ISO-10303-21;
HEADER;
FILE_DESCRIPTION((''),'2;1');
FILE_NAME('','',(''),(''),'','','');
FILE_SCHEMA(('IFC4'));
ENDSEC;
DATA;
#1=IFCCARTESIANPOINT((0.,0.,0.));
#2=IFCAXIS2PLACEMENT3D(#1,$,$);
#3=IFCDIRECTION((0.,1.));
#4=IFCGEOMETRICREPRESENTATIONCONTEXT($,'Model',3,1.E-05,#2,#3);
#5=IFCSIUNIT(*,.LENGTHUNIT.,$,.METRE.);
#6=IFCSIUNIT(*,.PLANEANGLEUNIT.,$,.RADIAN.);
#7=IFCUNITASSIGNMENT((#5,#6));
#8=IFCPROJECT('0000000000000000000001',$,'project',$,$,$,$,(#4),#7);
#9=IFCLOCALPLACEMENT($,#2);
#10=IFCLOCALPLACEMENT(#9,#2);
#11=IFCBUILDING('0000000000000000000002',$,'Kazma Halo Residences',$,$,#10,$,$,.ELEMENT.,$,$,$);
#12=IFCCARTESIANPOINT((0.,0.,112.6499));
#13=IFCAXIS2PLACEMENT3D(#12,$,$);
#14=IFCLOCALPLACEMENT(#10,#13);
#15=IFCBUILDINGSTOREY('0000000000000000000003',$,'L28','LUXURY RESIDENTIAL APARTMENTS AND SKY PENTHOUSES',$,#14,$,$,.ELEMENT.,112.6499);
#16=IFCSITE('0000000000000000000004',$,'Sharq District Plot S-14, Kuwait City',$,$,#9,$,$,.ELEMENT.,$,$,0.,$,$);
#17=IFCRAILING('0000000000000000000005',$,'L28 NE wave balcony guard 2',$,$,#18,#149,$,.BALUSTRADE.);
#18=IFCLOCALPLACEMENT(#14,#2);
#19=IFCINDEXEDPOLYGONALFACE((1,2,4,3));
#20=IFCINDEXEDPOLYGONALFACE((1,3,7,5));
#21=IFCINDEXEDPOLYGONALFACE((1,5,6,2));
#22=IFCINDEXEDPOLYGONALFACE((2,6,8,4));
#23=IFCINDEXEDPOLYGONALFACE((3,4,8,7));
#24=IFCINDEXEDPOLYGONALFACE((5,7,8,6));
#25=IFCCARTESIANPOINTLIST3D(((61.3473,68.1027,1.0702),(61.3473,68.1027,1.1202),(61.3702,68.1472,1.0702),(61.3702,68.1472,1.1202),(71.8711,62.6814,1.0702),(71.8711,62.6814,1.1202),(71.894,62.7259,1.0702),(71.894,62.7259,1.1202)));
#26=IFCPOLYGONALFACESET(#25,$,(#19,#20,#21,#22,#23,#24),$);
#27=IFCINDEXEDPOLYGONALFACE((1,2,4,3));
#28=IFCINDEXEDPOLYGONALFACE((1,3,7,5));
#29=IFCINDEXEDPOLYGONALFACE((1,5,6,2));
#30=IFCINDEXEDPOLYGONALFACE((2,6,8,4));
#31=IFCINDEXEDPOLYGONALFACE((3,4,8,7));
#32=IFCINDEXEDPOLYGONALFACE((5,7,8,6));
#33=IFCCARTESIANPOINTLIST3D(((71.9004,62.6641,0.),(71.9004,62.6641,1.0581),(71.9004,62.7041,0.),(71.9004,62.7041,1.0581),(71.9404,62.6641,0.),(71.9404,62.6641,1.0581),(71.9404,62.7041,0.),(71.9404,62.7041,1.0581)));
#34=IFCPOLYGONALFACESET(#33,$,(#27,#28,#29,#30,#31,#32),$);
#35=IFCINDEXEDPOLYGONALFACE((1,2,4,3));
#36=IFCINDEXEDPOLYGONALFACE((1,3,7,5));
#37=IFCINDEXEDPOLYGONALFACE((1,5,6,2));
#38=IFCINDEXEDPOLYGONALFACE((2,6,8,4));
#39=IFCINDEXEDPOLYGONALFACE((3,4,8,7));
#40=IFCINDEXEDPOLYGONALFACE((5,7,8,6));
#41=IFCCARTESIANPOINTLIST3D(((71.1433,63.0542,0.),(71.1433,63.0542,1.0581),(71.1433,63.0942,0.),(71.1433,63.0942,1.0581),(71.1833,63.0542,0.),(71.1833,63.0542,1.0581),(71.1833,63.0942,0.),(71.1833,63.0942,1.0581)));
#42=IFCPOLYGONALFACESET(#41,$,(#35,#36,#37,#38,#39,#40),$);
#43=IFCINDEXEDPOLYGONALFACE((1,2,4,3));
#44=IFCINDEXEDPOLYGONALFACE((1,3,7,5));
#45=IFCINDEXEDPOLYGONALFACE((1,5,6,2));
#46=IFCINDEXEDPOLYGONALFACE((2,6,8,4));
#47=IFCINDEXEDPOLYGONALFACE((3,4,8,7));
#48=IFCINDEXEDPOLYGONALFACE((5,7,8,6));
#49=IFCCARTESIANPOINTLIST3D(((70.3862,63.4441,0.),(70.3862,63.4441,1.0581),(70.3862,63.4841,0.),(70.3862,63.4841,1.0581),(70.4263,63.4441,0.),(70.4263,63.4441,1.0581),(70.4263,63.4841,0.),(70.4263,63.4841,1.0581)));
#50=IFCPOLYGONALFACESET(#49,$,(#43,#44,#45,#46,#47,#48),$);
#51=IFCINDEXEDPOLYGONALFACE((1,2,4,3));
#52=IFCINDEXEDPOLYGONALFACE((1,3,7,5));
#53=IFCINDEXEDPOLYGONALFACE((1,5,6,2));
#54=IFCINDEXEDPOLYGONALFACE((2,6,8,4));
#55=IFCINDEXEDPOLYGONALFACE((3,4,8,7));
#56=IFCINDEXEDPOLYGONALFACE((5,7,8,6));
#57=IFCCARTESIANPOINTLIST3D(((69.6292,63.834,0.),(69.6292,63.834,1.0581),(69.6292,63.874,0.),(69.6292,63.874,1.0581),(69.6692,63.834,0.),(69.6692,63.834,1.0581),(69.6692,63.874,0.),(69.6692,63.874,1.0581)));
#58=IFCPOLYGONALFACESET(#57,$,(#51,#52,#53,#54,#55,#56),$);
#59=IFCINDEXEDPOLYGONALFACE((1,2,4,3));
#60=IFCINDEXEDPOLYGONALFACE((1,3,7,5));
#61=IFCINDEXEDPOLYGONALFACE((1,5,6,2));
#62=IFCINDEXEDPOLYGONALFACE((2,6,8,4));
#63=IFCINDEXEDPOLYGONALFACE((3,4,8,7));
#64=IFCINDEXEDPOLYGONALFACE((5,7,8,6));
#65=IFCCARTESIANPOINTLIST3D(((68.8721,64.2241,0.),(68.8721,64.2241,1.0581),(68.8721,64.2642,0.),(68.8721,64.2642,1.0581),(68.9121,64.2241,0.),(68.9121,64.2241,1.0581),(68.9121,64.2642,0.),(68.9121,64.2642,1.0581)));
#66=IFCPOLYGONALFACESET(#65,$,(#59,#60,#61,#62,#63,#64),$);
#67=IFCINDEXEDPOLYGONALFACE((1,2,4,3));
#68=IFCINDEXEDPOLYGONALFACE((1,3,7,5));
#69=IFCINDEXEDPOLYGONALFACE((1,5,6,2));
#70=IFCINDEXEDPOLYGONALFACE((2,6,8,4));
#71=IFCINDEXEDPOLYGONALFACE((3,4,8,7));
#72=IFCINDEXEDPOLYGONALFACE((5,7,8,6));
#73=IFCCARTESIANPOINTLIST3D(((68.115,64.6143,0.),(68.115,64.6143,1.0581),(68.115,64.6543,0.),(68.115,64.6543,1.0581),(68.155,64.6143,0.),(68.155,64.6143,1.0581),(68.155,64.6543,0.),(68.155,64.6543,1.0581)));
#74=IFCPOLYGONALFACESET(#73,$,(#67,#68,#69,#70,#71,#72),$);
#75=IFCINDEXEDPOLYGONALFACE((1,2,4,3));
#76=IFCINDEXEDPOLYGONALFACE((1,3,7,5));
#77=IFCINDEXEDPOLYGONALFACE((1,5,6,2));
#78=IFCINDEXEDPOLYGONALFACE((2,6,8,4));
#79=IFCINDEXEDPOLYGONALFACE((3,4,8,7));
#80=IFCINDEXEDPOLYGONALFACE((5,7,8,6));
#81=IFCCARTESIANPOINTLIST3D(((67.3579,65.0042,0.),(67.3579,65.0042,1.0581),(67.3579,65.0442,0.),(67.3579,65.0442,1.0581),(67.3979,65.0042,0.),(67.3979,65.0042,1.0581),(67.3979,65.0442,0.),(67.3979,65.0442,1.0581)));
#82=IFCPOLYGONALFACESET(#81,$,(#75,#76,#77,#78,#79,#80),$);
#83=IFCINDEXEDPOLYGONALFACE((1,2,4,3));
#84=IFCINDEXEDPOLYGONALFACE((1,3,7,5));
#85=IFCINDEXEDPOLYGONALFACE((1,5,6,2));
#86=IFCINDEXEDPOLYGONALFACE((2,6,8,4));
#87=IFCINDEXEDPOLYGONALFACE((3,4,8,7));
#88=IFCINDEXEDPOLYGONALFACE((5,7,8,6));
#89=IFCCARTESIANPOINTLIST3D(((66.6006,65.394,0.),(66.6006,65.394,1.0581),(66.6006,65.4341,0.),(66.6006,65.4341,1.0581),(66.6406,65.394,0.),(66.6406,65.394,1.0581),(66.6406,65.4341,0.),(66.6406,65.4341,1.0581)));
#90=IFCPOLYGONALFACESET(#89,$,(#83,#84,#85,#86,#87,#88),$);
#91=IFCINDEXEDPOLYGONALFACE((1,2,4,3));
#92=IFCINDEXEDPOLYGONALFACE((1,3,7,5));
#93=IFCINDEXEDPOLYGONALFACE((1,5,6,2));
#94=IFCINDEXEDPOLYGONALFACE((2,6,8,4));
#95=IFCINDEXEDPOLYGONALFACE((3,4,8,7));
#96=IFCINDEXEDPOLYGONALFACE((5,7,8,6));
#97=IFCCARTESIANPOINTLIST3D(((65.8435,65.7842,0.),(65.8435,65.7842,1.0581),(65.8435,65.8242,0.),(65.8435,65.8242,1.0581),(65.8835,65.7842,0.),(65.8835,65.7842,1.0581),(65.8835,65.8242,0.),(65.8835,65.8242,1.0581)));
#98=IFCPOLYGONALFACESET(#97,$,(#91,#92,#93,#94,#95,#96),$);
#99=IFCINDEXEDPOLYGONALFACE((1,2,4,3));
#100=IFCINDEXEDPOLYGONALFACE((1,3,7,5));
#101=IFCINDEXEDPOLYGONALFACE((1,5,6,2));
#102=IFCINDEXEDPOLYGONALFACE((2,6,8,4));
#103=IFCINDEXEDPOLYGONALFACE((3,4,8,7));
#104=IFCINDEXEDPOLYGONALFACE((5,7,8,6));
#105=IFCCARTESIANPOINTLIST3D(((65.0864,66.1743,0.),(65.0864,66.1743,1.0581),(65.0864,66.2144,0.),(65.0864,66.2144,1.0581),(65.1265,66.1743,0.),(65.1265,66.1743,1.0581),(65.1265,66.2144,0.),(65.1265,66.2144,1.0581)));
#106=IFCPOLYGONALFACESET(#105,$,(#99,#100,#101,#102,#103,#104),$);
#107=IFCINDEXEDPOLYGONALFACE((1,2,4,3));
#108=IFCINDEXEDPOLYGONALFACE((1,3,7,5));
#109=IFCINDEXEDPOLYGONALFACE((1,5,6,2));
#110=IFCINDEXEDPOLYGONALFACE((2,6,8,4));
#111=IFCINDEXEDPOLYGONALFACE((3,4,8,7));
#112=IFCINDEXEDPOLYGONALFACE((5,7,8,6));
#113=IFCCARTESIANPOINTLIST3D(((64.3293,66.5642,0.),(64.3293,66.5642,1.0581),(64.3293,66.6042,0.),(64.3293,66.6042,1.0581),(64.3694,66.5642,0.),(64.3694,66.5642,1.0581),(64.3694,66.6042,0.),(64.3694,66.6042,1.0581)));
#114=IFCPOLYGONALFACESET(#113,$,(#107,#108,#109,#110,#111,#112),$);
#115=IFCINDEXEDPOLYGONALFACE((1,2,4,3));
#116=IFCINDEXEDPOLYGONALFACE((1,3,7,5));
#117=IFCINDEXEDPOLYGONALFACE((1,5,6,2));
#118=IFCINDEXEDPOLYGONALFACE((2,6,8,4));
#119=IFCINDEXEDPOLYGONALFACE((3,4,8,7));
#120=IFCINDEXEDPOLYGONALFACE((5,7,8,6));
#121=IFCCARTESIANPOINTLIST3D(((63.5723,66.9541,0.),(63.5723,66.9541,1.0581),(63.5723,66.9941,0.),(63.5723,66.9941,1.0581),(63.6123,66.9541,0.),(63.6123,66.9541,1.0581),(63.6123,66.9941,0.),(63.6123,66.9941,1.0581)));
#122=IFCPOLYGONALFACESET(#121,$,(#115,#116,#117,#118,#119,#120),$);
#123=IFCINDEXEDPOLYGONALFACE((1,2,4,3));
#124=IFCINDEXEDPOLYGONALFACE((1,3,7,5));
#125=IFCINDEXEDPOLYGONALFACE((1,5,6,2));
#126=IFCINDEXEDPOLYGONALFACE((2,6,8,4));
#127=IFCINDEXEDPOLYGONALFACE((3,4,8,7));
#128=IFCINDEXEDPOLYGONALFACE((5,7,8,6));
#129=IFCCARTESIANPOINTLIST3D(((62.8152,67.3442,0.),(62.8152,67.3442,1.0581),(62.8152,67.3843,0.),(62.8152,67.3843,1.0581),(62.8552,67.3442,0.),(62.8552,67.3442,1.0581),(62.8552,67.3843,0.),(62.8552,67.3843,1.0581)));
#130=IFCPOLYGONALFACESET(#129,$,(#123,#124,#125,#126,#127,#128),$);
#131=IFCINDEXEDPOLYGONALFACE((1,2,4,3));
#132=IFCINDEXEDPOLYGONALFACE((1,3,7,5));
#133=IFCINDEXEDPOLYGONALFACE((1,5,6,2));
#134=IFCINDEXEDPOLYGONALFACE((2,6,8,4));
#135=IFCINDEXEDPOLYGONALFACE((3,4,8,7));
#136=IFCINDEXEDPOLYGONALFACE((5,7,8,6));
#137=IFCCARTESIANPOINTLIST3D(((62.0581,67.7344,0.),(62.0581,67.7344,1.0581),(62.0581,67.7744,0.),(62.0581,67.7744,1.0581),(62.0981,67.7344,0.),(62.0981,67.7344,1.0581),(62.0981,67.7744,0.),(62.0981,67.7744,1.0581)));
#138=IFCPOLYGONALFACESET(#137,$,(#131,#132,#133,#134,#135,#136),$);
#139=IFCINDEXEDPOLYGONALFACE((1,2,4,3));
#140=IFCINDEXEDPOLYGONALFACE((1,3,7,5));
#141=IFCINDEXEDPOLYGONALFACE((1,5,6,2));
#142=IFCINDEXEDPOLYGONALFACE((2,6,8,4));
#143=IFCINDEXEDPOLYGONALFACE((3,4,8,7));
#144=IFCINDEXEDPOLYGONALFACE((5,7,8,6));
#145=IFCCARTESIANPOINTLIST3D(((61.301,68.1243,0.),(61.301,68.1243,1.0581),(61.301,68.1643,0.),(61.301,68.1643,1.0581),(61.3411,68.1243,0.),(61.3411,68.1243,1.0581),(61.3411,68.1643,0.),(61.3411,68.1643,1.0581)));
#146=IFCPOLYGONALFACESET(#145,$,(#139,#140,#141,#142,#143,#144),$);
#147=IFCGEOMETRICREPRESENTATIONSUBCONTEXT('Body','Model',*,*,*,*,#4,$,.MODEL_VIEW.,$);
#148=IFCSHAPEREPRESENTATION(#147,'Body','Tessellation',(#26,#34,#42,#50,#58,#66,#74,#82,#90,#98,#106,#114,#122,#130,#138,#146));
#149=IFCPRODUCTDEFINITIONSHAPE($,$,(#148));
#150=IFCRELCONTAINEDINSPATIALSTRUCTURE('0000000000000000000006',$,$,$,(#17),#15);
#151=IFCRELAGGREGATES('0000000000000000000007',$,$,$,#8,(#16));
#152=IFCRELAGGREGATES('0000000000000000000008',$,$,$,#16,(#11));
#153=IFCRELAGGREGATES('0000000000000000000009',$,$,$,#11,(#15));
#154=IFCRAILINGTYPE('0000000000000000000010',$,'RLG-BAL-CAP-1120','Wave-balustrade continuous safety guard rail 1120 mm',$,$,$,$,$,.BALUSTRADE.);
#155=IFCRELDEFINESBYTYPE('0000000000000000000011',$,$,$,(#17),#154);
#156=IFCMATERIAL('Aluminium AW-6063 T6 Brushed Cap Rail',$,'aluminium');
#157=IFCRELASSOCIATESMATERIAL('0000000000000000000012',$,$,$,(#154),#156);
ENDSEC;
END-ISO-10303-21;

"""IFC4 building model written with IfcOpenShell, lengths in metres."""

from ifc_helpers import new_model, si_unit, direction, frame, origin, origin_2d, place, context, subcontext, project, spatial, rectangle, extrude, material, type_object, element, save


model = new_model("IFC4")

# Units and contexts
model_context = context("Model", 3, precision=1e-05, world=origin(), true_north=direction((0.0, 1.0)))
body_context = subcontext(model_context, "Body", "Model", "MODEL_VIEW")
ifc_project = project(units=[si_unit("LENGTHUNIT", "METRE"), si_unit("PLANEANGLEUNIT", "RADIAN")], contexts=[model_context])

# Site, building, storey
site_placement = place(None, origin())
site = spatial("IfcSite", under=ifc_project, at=site_placement, Name="Sharq District Plot S-14, Kuwait City", CompositionType="ELEMENT", RefElevation=0.0)
building_placement = place(site_placement, origin())
building = spatial("IfcBuilding", under=site, at=building_placement, Name="Kazma Halo Residences", CompositionType="ELEMENT")
storey_placement = place(building_placement, frame((0.0, 0.0, 112.6499)))
storey = spatial("IfcBuildingStorey", under=building, at=storey_placement, Name="L28", Description="LUXURY RESIDENTIAL APARTMENTS AND SKY PENTHOUSES", CompositionType="ELEMENT", Elevation=112.6499)

# Railing
ifc_material_1 = material(Name="Aluminium AW-6063 T6 Brushed Cap Rail", Category="aluminium")
railing_type = type_object("IfcRailingType", Name="RLG-BAL-CAP-1120", Description="Wave-balustrade continuous safety guard rail 1120 mm", PredefinedType="BALUSTRADE", material=ifc_material_1)
railing_1_placement = place(storey_placement, frame((71.9204, 62.6841, 0.0)))
element("IfcRailing", 1, at=railing_1_placement, inside=storey, type_object=railing_type, Name="L28 NE wave balcony guard 2", PredefinedType="BALUSTRADE", context=body_context, shape_type="SweptSolid", body=[
    extrude(rectangle(XDim=0.05, YDim=0.05, at=origin_2d()), frame((-0.0378, 0.0195, 1.0952), z_axis=(-0.888977, 0.457952, 0.0), x_axis=(-0.457952, -0.888977, 0.0)), (0.0, 0.0, 1.0), 11.8381),
    extrude(rectangle(XDim=0.04, YDim=0.04, at=origin_2d()), origin(), (0.0, 0.0, 1.0), 1.0581),
    extrude(rectangle(XDim=0.04, YDim=0.04, at=origin_2d()), frame((-0.7571, 0.3901, 0.0)), (0.0, 0.0, 1.0), 1.0581),
    extrude(rectangle(XDim=0.04, YDim=0.04, at=origin_2d()), frame((-1.5142, 0.78, 0.0)), (0.0, 0.0, 1.0), 1.0581),
    extrude(rectangle(XDim=0.04, YDim=0.04, at=origin_2d()), frame((-2.2712, 1.1699, 0.0)), (0.0, 0.0, 1.0), 1.0581),
    extrude(rectangle(XDim=0.04, YDim=0.04, at=origin_2d()), frame((-3.0283, 1.5601, 0.0)), (0.0, 0.0, 1.0), 1.0581),
    extrude(rectangle(XDim=0.04, YDim=0.04, at=origin_2d()), frame((-3.7854, 1.9502, 0.0)), (0.0, 0.0, 1.0), 1.0581),
    extrude(rectangle(XDim=0.04, YDim=0.04, at=origin_2d()), frame((-4.5425, 2.3401, 0.0)), (0.0, 0.0, 1.0), 1.0581),
    extrude(rectangle(XDim=0.04, YDim=0.04, at=origin_2d()), frame((-5.2998, 2.73, 0.0)), (0.0, 0.0, 1.0), 1.0581),
    extrude(rectangle(XDim=0.04, YDim=0.04, at=origin_2d()), frame((-6.0569, 3.1201, 0.0)), (0.0, 0.0, 1.0), 1.0581),
    extrude(rectangle(XDim=0.04, YDim=0.04, at=origin_2d()), frame((-6.814, 3.5103, 0.0)), (0.0, 0.0, 1.0), 1.0581),
    extrude(rectangle(XDim=0.04, YDim=0.04, at=origin_2d()), frame((-7.571, 3.9001, 0.0)), (0.0, 0.0, 1.0), 1.0581),
    extrude(rectangle(XDim=0.04, YDim=0.04, at=origin_2d()), frame((-8.3281, 4.29, 0.0)), (0.0, 0.0, 1.0), 1.0581),
    extrude(rectangle(XDim=0.04, YDim=0.04, at=origin_2d()), frame((-9.0852, 4.6802, 0.0)), (0.0, 0.0, 1.0), 1.0581),
    extrude(rectangle(XDim=0.04, YDim=0.04, at=origin_2d()), frame((-9.8423, 5.0703, 0.0)), (0.0, 0.0, 1.0), 1.0581),
    extrude(rectangle(XDim=0.04, YDim=0.04, at=origin_2d()), frame((-10.5994, 5.4602, 0.0)), (0.0, 0.0, 1.0), 1.0581),
])

save(model, "model.ifc")
